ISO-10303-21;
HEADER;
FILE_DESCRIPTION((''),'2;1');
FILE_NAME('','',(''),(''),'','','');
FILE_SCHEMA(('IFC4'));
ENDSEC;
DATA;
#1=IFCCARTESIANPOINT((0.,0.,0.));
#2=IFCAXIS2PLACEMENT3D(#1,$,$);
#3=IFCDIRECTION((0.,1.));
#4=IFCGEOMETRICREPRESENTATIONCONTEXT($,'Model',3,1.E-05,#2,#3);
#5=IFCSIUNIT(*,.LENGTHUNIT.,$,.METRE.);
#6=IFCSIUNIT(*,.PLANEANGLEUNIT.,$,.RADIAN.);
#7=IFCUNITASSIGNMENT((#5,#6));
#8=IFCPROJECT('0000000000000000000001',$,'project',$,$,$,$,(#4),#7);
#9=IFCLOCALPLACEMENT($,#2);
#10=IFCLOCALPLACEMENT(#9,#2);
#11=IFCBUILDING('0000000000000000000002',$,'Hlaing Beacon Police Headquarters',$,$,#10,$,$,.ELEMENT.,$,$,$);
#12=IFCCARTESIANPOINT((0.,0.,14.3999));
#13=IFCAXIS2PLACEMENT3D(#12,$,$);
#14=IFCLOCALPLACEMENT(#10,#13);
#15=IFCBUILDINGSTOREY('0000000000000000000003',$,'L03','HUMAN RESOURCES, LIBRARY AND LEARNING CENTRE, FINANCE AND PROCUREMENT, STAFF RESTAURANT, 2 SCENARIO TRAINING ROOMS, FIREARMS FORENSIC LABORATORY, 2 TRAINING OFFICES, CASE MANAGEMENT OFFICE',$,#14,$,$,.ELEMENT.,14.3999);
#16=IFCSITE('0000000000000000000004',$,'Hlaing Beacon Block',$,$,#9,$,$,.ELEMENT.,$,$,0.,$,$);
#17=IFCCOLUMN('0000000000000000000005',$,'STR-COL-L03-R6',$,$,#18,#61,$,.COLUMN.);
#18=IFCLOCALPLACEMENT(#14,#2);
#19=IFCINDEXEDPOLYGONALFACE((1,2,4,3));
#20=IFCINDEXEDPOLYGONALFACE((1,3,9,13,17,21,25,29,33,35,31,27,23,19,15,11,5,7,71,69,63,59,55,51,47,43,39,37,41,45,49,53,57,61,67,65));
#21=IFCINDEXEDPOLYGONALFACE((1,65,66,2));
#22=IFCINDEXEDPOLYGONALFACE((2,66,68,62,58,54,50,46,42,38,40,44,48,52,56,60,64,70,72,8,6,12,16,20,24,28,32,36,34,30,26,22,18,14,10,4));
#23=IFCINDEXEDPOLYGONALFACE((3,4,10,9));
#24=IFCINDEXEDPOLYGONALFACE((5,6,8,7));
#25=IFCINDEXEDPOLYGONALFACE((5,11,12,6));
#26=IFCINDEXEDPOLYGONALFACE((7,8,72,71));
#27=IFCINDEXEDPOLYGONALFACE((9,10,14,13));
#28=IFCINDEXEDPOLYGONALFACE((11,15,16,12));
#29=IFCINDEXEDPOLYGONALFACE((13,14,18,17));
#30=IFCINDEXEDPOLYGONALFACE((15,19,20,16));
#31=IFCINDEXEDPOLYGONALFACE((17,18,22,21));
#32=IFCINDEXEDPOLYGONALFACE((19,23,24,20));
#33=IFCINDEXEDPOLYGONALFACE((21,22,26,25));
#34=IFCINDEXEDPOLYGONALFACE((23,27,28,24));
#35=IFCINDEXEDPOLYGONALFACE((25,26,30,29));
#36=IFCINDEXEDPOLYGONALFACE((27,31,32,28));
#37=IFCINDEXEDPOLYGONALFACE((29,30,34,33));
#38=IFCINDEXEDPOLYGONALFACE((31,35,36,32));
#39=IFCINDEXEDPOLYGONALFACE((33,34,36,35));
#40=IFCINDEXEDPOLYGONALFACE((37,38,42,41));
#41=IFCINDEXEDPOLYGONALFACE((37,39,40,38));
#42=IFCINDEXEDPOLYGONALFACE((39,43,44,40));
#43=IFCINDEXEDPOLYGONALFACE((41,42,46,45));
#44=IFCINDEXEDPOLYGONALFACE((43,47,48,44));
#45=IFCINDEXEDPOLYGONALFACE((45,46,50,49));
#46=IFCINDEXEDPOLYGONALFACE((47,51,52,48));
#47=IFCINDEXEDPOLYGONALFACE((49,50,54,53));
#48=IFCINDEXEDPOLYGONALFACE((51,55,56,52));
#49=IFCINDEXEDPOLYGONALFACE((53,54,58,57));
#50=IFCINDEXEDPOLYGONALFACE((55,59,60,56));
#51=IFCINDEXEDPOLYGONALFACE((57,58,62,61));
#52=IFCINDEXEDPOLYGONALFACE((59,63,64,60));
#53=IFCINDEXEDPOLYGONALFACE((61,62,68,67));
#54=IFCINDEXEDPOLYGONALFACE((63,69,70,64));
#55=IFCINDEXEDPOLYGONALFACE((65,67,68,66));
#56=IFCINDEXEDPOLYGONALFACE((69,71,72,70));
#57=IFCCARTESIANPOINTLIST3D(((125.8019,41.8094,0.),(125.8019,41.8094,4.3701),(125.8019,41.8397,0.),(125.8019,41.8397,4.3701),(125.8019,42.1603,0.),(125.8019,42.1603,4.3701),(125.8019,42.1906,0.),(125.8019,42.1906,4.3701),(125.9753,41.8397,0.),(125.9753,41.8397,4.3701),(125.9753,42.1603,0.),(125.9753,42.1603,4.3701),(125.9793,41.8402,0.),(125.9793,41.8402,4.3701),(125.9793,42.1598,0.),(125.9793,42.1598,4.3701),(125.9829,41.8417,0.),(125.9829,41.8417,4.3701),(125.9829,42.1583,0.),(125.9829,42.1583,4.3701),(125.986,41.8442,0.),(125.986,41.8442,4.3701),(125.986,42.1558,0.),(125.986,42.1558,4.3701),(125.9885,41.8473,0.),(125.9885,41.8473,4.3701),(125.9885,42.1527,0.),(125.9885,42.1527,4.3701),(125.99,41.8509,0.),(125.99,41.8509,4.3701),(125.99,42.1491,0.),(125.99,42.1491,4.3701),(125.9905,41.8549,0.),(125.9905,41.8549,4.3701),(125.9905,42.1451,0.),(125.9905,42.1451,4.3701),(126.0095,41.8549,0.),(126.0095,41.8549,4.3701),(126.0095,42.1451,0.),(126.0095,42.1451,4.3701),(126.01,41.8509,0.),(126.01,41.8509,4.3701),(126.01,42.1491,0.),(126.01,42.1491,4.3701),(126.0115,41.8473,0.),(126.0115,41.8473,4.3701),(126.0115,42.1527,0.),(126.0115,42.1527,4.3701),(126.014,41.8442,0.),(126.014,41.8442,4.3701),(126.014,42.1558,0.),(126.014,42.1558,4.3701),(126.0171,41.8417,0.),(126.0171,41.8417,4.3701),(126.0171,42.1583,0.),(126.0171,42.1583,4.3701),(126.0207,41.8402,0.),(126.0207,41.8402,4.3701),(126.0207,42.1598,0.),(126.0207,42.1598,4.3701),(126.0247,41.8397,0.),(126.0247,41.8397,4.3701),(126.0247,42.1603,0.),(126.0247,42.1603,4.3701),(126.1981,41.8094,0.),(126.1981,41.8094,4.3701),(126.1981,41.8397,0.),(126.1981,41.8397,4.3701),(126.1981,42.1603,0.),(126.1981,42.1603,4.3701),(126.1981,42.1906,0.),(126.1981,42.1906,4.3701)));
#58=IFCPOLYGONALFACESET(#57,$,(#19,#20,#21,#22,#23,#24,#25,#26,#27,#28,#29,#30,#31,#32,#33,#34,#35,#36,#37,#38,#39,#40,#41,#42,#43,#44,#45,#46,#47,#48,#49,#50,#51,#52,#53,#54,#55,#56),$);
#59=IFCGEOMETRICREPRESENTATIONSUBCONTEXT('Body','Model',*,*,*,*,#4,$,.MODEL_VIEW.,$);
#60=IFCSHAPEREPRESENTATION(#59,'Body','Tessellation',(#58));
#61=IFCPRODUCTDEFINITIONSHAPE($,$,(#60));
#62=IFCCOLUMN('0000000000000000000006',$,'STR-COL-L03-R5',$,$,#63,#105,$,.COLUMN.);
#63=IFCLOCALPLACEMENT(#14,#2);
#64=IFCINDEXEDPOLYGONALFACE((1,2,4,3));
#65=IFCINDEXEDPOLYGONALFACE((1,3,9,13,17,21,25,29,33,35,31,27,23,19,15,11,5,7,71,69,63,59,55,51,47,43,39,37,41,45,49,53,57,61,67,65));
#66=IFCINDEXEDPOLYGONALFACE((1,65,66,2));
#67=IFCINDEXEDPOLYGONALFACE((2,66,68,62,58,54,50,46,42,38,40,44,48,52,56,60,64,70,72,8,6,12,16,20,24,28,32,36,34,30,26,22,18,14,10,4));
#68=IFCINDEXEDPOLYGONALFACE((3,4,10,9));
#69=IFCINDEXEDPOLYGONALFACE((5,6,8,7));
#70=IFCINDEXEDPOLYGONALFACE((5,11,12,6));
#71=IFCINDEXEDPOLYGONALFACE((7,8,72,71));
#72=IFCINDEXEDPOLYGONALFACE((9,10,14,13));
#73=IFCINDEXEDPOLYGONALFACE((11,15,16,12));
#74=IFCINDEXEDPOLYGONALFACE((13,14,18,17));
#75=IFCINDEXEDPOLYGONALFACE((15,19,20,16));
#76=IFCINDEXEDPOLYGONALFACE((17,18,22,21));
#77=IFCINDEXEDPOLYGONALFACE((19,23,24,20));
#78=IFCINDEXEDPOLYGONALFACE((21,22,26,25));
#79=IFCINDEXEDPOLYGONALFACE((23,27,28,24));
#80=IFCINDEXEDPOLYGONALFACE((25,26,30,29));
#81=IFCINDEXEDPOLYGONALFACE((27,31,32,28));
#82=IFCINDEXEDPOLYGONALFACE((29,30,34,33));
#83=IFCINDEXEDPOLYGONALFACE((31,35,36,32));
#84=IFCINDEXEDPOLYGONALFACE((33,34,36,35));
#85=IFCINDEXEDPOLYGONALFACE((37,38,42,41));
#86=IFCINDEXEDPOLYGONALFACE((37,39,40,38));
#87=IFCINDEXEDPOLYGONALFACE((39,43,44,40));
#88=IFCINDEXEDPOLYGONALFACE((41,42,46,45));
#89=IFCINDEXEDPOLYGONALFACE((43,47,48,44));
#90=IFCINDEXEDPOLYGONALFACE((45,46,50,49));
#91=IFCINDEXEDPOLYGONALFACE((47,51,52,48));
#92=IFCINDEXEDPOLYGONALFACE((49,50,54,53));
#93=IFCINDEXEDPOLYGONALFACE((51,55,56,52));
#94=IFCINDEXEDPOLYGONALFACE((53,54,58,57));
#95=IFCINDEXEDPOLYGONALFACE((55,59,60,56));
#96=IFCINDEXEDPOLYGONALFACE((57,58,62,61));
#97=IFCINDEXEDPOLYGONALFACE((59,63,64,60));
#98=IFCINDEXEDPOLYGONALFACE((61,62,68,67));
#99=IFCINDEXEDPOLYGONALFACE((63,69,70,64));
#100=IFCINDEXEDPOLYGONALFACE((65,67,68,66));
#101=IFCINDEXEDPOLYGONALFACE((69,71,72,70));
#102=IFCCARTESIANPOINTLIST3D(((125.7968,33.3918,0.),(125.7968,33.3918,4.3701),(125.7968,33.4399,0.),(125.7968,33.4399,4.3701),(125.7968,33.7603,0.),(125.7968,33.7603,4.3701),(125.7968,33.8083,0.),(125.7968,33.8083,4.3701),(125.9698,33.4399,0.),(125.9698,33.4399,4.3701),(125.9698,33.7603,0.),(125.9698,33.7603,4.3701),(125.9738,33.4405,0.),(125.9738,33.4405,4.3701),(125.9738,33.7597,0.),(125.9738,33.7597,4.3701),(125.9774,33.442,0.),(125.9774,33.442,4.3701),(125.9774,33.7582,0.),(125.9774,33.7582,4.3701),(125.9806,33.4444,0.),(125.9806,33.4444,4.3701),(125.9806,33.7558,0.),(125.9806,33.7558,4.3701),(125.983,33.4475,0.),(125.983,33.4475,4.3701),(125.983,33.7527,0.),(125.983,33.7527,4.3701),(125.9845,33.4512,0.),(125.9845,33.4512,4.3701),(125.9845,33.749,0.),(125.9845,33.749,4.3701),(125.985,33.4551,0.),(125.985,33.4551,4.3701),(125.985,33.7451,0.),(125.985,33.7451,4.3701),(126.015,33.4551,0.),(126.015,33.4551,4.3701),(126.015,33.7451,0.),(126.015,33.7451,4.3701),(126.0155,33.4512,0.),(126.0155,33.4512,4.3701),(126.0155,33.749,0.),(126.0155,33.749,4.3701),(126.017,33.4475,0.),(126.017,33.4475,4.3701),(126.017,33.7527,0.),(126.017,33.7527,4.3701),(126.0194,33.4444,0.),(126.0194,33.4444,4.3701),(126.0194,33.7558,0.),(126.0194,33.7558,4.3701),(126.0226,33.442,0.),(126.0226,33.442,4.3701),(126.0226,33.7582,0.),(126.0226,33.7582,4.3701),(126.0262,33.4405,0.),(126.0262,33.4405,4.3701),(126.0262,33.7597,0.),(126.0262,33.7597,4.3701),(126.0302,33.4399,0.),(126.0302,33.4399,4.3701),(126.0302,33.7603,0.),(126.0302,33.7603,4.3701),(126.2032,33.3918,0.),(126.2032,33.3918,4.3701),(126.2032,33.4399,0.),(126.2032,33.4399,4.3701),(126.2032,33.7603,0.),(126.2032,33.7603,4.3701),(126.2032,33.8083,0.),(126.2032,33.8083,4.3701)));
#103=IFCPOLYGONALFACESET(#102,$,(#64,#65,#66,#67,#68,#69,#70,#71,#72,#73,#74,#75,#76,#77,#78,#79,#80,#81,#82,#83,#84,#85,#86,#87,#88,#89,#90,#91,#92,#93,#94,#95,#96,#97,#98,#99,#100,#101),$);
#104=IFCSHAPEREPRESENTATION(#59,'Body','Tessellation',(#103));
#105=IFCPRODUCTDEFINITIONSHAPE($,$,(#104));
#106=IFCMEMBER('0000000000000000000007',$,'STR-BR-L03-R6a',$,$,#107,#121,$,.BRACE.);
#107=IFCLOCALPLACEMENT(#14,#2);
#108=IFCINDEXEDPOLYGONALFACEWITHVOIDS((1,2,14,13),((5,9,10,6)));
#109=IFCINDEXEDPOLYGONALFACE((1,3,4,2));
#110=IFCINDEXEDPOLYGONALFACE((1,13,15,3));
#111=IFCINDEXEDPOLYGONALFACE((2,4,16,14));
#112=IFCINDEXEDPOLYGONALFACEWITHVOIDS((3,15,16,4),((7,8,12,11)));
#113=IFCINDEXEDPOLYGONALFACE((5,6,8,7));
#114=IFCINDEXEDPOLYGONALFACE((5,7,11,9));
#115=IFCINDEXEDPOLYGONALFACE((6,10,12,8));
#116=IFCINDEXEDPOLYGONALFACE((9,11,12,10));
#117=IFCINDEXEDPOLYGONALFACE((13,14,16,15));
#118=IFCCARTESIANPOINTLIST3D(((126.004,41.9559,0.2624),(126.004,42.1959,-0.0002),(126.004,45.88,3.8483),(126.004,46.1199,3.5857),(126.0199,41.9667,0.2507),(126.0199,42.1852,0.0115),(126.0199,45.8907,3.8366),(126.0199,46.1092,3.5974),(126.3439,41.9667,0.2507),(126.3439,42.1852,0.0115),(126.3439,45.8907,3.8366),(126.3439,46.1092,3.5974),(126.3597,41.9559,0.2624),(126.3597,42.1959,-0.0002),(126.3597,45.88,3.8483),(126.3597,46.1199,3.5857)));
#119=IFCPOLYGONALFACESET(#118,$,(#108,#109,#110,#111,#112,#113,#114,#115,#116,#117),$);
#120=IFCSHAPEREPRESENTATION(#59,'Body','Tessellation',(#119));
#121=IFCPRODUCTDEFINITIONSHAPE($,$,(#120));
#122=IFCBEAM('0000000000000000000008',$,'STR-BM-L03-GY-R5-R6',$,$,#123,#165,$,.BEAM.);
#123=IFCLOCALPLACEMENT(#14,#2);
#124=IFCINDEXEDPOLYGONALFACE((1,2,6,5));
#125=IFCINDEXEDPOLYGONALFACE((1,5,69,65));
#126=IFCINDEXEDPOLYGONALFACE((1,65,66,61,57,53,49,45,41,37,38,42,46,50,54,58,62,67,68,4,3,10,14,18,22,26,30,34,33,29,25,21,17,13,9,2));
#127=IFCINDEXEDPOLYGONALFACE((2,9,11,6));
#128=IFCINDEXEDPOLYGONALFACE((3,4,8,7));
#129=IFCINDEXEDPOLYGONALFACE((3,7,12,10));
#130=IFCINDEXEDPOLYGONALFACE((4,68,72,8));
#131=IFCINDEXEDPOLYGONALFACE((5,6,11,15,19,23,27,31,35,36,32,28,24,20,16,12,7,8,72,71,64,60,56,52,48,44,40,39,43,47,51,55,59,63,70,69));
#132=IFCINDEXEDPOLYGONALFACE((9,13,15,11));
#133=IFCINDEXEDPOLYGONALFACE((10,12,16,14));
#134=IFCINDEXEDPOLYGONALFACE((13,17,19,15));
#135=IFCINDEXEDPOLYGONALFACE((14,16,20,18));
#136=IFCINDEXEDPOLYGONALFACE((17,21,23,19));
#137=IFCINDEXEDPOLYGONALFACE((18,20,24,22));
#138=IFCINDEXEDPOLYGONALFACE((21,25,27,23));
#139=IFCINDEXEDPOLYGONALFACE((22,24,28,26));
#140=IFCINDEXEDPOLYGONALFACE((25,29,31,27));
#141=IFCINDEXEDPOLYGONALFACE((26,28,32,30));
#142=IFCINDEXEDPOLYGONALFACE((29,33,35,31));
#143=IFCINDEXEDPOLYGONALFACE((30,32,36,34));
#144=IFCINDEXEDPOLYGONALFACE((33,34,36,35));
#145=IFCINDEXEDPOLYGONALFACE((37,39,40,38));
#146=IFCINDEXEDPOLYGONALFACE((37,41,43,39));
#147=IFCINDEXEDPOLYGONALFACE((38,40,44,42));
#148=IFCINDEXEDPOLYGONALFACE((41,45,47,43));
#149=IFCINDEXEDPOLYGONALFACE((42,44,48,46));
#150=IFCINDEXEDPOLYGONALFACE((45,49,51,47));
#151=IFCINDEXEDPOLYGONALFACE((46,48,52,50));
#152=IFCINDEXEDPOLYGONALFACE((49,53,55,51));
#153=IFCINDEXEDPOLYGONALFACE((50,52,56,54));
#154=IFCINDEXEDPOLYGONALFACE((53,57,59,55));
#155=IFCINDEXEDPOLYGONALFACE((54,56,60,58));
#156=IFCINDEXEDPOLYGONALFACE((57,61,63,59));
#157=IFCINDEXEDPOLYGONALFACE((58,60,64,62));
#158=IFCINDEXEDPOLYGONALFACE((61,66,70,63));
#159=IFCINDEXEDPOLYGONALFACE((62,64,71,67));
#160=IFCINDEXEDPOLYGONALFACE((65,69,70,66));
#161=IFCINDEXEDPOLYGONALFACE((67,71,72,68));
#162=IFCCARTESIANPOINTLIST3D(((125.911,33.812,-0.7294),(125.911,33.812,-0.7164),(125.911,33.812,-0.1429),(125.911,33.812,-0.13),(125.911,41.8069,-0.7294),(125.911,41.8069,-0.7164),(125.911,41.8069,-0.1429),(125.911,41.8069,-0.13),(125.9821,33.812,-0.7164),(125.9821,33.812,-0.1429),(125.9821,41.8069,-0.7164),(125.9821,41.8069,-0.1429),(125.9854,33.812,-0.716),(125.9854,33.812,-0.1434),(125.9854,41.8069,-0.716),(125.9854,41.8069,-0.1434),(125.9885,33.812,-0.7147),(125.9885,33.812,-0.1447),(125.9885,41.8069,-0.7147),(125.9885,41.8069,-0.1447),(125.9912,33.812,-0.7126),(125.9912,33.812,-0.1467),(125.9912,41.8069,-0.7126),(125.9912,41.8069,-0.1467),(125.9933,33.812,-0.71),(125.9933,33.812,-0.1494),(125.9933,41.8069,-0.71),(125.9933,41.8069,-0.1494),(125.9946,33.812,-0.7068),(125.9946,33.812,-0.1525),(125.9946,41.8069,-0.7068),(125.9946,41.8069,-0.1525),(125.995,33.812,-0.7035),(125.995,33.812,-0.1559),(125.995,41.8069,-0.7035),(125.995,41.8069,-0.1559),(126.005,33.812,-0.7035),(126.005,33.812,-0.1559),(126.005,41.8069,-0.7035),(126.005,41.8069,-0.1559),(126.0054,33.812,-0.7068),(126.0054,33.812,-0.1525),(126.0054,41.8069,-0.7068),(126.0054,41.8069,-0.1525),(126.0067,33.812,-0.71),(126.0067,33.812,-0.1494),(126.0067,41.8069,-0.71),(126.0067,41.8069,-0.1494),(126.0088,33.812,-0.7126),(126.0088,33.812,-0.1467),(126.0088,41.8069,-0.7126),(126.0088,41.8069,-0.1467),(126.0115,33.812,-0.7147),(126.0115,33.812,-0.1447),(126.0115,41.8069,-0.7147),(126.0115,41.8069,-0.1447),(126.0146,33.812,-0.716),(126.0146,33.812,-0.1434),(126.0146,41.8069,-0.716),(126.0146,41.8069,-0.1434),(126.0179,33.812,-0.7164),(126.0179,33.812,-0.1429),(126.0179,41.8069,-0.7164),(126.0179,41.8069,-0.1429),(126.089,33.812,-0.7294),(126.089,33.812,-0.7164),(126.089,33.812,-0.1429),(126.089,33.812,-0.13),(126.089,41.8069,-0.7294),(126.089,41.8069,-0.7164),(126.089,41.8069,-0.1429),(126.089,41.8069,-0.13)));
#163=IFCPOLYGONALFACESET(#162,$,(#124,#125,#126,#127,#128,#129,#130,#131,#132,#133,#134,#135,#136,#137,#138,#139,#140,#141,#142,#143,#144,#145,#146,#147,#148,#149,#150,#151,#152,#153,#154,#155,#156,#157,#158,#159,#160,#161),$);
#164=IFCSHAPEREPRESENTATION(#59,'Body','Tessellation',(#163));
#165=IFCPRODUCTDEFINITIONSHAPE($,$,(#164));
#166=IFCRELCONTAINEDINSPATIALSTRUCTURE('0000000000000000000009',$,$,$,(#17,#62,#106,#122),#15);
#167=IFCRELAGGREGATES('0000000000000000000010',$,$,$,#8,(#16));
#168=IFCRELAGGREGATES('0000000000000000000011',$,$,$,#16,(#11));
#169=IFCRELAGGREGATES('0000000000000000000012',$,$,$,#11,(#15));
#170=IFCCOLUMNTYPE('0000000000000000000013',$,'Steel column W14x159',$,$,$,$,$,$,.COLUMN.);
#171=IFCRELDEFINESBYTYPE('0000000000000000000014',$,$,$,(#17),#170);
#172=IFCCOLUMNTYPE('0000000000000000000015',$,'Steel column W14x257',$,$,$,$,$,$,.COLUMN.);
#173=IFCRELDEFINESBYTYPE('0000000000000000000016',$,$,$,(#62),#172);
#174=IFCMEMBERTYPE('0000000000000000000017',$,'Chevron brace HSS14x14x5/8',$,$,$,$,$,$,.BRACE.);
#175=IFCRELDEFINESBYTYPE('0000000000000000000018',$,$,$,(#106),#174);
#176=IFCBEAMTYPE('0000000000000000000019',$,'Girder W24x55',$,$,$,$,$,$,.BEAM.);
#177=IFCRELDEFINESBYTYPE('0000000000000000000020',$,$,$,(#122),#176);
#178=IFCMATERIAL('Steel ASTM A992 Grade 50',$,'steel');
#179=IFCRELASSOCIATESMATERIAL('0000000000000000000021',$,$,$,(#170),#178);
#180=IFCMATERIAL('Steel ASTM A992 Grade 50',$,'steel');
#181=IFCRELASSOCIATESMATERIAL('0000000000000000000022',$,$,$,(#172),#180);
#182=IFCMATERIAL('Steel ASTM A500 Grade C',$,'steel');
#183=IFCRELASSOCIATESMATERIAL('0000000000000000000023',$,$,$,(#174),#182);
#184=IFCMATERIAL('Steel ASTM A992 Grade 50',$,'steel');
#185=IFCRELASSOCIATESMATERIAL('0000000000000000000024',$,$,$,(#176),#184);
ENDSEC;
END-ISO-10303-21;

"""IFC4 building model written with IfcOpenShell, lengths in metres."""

from ifc_helpers import new_model, si_unit, direction, frame, origin, origin_2d, place, context, subcontext, project, spatial, hollow_rectangle, i_section, extrude, material, material_profile, profile_set, type_object, element, save


model = new_model("IFC4")

# Units and contexts
model_context = context("Model", 3, precision=1e-05, world=origin(), true_north=direction((0.0, 1.0)))
body_context = subcontext(model_context, "Body", "Model", "MODEL_VIEW")
ifc_project = project(units=[si_unit("LENGTHUNIT", "METRE"), si_unit("PLANEANGLEUNIT", "RADIAN")], contexts=[model_context])

# Site, building, storey
site_placement = place(None, origin())
site = spatial("IfcSite", under=ifc_project, at=site_placement, Name="Hlaing Beacon Block", CompositionType="ELEMENT", RefElevation=0.0)
building_placement = place(site_placement, origin())
building = spatial("IfcBuilding", under=site, at=building_placement, Name="Hlaing Beacon Police Headquarters", CompositionType="ELEMENT")
storey_placement = place(building_placement, frame((0.0, 0.0, 14.3999)))
storey = spatial("IfcBuildingStorey", under=building, at=storey_placement, Name="L03", Description="HUMAN RESOURCES, LIBRARY AND LEARNING CENTRE, FINANCE AND PROCUREMENT, STAFF RESTAURANT, 2 SCENARIO TRAINING ROOMS, FIREARMS FORENSIC LABORATORY, 2 TRAINING OFFICES, CASE MANAGEMENT OFFICE", CompositionType="ELEMENT", Elevation=14.3999)

# Columns
ifc_material_1 = material(Name="Steel ASTM A992 Grade 50", Category="steel")
ifc_material_profile_1 = material_profile(ifc_material_1, i_section(OverallWidth=0.3962, OverallDepth=0.3811, WebThickness=0.019, FlangeThickness=0.0303, FilletRadius=0.0151, at=origin_2d()), Name="W14x159")
ifc_profile_set_1 = profile_set([ifc_material_profile_1], Name="Steel ASTM A992 Grade 50")
column_type_1 = type_object("IfcColumnType", Name="Steel column W14x159", PredefinedType="COLUMN", material=ifc_profile_set_1)
column_1_placement = place(storey_placement, frame((126.0, 42.0, 0.0), z_axis=(0.0, 0.0, 1.0), x_axis=(1.0, 0.0, 0.0)))
element("IfcColumn", 1, at=column_1_placement, inside=storey, type_object=column_type_1, Name="STR-COL-L03-R6", PredefinedType="COLUMN", context=body_context, shape_type="SweptSolid", body=[
    extrude(i_section(OverallWidth=0.3962, OverallDepth=0.3811, WebThickness=0.019, FlangeThickness=0.0303, FilletRadius=0.0151, at=origin_2d()), origin(), (0.0, 0.0, 1.0), 4.3701),
])
ifc_material_2 = material(Name="Steel ASTM A992 Grade 50", Category="steel")
ifc_material_profile_2 = material_profile(ifc_material_2, i_section(OverallWidth=0.4065, OverallDepth=0.4165, WebThickness=0.03, FlangeThickness=0.0481, FilletRadius=0.0151, at=origin_2d()), Name="W14x257")
ifc_profile_set_2 = profile_set([ifc_material_profile_2], Name="Steel ASTM A992 Grade 50")
column_type_2 = type_object("IfcColumnType", Name="Steel column W14x257", PredefinedType="COLUMN", material=ifc_profile_set_2)
column_2_placement = place(storey_placement, frame((126.0, 33.6001, 0.0), z_axis=(0.0, 0.0, 1.0), x_axis=(1.0, 0.0, 0.0)))
element("IfcColumn", 2, at=column_2_placement, inside=storey, type_object=column_type_2, Name="STR-COL-L03-R5", PredefinedType="COLUMN", context=body_context, shape_type="SweptSolid", body=[
    extrude(i_section(OverallWidth=0.4065, OverallDepth=0.4165, WebThickness=0.03, FlangeThickness=0.0481, FilletRadius=0.0151, at=origin_2d()), origin(), (0.0, 0.0, 1.0), 4.3701),
])

# Member
ifc_material_3 = material(Name="Steel ASTM A500 Grade C", Category="steel")
ifc_material_profile_3 = material_profile(ifc_material_3, hollow_rectangle(XDim=0.3557, YDim=0.3557, WallThickness=0.0159, at=origin_2d()), Name="HSS14x14x5/8")
ifc_profile_set_3 = profile_set([ifc_material_profile_3], Name="Steel ASTM A500 Grade C")
member_type_1 = type_object("IfcMemberType", Name="Chevron brace HSS14x14x5/8", PredefinedType="BRACE", material=ifc_profile_set_3)
member_1_placement = place(storey_placement, frame((126.1819, 42.0759, 0.1311), z_axis=(0.0, 0.738196, 0.674586), x_axis=(-1.0, 0.0, 0.0)))
element("IfcMember", 3, at=member_1_placement, inside=storey, type_object=member_type_1, Name="STR-BR-L03-R6a", PredefinedType="BRACE", context=body_context, shape_type="SweptSolid", body=[
    extrude(hollow_rectangle(XDim=0.3557, YDim=0.3557, WallThickness=0.0159, at=origin_2d()), origin(), (0.0, 0.0, 1.0), 5.3157),
])

# Beam
ifc_material_4 = material(Name="Steel ASTM A992 Grade 50", Category="steel")
ifc_material_profile_4 = material_profile(ifc_material_4, i_section(OverallWidth=0.178, OverallDepth=0.5994, WebThickness=0.01, FlangeThickness=0.0129, FilletRadius=0.0129, at=origin_2d()), Name="W24x55")
ifc_profile_set_4 = profile_set([ifc_material_profile_4], Name="Steel ASTM A992 Grade 50")
beam_type_1 = type_object("IfcBeamType", Name="Girder W24x55", PredefinedType="BEAM", material=ifc_profile_set_4)
beam_1_placement = place(storey_placement, frame((126.0, 33.812, -0.4297), z_axis=(0.0, 1.0, 0.0), x_axis=(-1.0, 0.0, 0.0)))
element("IfcBeam", 4, at=beam_1_placement, inside=storey, type_object=beam_type_1, Name="STR-BM-L03-GY-R5-R6", PredefinedType="BEAM", context=body_context, shape_type="SweptSolid", body=[
    extrude(i_section(OverallWidth=0.178, OverallDepth=0.5994, WebThickness=0.01, FlangeThickness=0.0129, FilletRadius=0.0129, at=origin_2d()), origin(), (0.0, 0.0, 1.0), 7.9949),
])

save(model, "model.ifc")
